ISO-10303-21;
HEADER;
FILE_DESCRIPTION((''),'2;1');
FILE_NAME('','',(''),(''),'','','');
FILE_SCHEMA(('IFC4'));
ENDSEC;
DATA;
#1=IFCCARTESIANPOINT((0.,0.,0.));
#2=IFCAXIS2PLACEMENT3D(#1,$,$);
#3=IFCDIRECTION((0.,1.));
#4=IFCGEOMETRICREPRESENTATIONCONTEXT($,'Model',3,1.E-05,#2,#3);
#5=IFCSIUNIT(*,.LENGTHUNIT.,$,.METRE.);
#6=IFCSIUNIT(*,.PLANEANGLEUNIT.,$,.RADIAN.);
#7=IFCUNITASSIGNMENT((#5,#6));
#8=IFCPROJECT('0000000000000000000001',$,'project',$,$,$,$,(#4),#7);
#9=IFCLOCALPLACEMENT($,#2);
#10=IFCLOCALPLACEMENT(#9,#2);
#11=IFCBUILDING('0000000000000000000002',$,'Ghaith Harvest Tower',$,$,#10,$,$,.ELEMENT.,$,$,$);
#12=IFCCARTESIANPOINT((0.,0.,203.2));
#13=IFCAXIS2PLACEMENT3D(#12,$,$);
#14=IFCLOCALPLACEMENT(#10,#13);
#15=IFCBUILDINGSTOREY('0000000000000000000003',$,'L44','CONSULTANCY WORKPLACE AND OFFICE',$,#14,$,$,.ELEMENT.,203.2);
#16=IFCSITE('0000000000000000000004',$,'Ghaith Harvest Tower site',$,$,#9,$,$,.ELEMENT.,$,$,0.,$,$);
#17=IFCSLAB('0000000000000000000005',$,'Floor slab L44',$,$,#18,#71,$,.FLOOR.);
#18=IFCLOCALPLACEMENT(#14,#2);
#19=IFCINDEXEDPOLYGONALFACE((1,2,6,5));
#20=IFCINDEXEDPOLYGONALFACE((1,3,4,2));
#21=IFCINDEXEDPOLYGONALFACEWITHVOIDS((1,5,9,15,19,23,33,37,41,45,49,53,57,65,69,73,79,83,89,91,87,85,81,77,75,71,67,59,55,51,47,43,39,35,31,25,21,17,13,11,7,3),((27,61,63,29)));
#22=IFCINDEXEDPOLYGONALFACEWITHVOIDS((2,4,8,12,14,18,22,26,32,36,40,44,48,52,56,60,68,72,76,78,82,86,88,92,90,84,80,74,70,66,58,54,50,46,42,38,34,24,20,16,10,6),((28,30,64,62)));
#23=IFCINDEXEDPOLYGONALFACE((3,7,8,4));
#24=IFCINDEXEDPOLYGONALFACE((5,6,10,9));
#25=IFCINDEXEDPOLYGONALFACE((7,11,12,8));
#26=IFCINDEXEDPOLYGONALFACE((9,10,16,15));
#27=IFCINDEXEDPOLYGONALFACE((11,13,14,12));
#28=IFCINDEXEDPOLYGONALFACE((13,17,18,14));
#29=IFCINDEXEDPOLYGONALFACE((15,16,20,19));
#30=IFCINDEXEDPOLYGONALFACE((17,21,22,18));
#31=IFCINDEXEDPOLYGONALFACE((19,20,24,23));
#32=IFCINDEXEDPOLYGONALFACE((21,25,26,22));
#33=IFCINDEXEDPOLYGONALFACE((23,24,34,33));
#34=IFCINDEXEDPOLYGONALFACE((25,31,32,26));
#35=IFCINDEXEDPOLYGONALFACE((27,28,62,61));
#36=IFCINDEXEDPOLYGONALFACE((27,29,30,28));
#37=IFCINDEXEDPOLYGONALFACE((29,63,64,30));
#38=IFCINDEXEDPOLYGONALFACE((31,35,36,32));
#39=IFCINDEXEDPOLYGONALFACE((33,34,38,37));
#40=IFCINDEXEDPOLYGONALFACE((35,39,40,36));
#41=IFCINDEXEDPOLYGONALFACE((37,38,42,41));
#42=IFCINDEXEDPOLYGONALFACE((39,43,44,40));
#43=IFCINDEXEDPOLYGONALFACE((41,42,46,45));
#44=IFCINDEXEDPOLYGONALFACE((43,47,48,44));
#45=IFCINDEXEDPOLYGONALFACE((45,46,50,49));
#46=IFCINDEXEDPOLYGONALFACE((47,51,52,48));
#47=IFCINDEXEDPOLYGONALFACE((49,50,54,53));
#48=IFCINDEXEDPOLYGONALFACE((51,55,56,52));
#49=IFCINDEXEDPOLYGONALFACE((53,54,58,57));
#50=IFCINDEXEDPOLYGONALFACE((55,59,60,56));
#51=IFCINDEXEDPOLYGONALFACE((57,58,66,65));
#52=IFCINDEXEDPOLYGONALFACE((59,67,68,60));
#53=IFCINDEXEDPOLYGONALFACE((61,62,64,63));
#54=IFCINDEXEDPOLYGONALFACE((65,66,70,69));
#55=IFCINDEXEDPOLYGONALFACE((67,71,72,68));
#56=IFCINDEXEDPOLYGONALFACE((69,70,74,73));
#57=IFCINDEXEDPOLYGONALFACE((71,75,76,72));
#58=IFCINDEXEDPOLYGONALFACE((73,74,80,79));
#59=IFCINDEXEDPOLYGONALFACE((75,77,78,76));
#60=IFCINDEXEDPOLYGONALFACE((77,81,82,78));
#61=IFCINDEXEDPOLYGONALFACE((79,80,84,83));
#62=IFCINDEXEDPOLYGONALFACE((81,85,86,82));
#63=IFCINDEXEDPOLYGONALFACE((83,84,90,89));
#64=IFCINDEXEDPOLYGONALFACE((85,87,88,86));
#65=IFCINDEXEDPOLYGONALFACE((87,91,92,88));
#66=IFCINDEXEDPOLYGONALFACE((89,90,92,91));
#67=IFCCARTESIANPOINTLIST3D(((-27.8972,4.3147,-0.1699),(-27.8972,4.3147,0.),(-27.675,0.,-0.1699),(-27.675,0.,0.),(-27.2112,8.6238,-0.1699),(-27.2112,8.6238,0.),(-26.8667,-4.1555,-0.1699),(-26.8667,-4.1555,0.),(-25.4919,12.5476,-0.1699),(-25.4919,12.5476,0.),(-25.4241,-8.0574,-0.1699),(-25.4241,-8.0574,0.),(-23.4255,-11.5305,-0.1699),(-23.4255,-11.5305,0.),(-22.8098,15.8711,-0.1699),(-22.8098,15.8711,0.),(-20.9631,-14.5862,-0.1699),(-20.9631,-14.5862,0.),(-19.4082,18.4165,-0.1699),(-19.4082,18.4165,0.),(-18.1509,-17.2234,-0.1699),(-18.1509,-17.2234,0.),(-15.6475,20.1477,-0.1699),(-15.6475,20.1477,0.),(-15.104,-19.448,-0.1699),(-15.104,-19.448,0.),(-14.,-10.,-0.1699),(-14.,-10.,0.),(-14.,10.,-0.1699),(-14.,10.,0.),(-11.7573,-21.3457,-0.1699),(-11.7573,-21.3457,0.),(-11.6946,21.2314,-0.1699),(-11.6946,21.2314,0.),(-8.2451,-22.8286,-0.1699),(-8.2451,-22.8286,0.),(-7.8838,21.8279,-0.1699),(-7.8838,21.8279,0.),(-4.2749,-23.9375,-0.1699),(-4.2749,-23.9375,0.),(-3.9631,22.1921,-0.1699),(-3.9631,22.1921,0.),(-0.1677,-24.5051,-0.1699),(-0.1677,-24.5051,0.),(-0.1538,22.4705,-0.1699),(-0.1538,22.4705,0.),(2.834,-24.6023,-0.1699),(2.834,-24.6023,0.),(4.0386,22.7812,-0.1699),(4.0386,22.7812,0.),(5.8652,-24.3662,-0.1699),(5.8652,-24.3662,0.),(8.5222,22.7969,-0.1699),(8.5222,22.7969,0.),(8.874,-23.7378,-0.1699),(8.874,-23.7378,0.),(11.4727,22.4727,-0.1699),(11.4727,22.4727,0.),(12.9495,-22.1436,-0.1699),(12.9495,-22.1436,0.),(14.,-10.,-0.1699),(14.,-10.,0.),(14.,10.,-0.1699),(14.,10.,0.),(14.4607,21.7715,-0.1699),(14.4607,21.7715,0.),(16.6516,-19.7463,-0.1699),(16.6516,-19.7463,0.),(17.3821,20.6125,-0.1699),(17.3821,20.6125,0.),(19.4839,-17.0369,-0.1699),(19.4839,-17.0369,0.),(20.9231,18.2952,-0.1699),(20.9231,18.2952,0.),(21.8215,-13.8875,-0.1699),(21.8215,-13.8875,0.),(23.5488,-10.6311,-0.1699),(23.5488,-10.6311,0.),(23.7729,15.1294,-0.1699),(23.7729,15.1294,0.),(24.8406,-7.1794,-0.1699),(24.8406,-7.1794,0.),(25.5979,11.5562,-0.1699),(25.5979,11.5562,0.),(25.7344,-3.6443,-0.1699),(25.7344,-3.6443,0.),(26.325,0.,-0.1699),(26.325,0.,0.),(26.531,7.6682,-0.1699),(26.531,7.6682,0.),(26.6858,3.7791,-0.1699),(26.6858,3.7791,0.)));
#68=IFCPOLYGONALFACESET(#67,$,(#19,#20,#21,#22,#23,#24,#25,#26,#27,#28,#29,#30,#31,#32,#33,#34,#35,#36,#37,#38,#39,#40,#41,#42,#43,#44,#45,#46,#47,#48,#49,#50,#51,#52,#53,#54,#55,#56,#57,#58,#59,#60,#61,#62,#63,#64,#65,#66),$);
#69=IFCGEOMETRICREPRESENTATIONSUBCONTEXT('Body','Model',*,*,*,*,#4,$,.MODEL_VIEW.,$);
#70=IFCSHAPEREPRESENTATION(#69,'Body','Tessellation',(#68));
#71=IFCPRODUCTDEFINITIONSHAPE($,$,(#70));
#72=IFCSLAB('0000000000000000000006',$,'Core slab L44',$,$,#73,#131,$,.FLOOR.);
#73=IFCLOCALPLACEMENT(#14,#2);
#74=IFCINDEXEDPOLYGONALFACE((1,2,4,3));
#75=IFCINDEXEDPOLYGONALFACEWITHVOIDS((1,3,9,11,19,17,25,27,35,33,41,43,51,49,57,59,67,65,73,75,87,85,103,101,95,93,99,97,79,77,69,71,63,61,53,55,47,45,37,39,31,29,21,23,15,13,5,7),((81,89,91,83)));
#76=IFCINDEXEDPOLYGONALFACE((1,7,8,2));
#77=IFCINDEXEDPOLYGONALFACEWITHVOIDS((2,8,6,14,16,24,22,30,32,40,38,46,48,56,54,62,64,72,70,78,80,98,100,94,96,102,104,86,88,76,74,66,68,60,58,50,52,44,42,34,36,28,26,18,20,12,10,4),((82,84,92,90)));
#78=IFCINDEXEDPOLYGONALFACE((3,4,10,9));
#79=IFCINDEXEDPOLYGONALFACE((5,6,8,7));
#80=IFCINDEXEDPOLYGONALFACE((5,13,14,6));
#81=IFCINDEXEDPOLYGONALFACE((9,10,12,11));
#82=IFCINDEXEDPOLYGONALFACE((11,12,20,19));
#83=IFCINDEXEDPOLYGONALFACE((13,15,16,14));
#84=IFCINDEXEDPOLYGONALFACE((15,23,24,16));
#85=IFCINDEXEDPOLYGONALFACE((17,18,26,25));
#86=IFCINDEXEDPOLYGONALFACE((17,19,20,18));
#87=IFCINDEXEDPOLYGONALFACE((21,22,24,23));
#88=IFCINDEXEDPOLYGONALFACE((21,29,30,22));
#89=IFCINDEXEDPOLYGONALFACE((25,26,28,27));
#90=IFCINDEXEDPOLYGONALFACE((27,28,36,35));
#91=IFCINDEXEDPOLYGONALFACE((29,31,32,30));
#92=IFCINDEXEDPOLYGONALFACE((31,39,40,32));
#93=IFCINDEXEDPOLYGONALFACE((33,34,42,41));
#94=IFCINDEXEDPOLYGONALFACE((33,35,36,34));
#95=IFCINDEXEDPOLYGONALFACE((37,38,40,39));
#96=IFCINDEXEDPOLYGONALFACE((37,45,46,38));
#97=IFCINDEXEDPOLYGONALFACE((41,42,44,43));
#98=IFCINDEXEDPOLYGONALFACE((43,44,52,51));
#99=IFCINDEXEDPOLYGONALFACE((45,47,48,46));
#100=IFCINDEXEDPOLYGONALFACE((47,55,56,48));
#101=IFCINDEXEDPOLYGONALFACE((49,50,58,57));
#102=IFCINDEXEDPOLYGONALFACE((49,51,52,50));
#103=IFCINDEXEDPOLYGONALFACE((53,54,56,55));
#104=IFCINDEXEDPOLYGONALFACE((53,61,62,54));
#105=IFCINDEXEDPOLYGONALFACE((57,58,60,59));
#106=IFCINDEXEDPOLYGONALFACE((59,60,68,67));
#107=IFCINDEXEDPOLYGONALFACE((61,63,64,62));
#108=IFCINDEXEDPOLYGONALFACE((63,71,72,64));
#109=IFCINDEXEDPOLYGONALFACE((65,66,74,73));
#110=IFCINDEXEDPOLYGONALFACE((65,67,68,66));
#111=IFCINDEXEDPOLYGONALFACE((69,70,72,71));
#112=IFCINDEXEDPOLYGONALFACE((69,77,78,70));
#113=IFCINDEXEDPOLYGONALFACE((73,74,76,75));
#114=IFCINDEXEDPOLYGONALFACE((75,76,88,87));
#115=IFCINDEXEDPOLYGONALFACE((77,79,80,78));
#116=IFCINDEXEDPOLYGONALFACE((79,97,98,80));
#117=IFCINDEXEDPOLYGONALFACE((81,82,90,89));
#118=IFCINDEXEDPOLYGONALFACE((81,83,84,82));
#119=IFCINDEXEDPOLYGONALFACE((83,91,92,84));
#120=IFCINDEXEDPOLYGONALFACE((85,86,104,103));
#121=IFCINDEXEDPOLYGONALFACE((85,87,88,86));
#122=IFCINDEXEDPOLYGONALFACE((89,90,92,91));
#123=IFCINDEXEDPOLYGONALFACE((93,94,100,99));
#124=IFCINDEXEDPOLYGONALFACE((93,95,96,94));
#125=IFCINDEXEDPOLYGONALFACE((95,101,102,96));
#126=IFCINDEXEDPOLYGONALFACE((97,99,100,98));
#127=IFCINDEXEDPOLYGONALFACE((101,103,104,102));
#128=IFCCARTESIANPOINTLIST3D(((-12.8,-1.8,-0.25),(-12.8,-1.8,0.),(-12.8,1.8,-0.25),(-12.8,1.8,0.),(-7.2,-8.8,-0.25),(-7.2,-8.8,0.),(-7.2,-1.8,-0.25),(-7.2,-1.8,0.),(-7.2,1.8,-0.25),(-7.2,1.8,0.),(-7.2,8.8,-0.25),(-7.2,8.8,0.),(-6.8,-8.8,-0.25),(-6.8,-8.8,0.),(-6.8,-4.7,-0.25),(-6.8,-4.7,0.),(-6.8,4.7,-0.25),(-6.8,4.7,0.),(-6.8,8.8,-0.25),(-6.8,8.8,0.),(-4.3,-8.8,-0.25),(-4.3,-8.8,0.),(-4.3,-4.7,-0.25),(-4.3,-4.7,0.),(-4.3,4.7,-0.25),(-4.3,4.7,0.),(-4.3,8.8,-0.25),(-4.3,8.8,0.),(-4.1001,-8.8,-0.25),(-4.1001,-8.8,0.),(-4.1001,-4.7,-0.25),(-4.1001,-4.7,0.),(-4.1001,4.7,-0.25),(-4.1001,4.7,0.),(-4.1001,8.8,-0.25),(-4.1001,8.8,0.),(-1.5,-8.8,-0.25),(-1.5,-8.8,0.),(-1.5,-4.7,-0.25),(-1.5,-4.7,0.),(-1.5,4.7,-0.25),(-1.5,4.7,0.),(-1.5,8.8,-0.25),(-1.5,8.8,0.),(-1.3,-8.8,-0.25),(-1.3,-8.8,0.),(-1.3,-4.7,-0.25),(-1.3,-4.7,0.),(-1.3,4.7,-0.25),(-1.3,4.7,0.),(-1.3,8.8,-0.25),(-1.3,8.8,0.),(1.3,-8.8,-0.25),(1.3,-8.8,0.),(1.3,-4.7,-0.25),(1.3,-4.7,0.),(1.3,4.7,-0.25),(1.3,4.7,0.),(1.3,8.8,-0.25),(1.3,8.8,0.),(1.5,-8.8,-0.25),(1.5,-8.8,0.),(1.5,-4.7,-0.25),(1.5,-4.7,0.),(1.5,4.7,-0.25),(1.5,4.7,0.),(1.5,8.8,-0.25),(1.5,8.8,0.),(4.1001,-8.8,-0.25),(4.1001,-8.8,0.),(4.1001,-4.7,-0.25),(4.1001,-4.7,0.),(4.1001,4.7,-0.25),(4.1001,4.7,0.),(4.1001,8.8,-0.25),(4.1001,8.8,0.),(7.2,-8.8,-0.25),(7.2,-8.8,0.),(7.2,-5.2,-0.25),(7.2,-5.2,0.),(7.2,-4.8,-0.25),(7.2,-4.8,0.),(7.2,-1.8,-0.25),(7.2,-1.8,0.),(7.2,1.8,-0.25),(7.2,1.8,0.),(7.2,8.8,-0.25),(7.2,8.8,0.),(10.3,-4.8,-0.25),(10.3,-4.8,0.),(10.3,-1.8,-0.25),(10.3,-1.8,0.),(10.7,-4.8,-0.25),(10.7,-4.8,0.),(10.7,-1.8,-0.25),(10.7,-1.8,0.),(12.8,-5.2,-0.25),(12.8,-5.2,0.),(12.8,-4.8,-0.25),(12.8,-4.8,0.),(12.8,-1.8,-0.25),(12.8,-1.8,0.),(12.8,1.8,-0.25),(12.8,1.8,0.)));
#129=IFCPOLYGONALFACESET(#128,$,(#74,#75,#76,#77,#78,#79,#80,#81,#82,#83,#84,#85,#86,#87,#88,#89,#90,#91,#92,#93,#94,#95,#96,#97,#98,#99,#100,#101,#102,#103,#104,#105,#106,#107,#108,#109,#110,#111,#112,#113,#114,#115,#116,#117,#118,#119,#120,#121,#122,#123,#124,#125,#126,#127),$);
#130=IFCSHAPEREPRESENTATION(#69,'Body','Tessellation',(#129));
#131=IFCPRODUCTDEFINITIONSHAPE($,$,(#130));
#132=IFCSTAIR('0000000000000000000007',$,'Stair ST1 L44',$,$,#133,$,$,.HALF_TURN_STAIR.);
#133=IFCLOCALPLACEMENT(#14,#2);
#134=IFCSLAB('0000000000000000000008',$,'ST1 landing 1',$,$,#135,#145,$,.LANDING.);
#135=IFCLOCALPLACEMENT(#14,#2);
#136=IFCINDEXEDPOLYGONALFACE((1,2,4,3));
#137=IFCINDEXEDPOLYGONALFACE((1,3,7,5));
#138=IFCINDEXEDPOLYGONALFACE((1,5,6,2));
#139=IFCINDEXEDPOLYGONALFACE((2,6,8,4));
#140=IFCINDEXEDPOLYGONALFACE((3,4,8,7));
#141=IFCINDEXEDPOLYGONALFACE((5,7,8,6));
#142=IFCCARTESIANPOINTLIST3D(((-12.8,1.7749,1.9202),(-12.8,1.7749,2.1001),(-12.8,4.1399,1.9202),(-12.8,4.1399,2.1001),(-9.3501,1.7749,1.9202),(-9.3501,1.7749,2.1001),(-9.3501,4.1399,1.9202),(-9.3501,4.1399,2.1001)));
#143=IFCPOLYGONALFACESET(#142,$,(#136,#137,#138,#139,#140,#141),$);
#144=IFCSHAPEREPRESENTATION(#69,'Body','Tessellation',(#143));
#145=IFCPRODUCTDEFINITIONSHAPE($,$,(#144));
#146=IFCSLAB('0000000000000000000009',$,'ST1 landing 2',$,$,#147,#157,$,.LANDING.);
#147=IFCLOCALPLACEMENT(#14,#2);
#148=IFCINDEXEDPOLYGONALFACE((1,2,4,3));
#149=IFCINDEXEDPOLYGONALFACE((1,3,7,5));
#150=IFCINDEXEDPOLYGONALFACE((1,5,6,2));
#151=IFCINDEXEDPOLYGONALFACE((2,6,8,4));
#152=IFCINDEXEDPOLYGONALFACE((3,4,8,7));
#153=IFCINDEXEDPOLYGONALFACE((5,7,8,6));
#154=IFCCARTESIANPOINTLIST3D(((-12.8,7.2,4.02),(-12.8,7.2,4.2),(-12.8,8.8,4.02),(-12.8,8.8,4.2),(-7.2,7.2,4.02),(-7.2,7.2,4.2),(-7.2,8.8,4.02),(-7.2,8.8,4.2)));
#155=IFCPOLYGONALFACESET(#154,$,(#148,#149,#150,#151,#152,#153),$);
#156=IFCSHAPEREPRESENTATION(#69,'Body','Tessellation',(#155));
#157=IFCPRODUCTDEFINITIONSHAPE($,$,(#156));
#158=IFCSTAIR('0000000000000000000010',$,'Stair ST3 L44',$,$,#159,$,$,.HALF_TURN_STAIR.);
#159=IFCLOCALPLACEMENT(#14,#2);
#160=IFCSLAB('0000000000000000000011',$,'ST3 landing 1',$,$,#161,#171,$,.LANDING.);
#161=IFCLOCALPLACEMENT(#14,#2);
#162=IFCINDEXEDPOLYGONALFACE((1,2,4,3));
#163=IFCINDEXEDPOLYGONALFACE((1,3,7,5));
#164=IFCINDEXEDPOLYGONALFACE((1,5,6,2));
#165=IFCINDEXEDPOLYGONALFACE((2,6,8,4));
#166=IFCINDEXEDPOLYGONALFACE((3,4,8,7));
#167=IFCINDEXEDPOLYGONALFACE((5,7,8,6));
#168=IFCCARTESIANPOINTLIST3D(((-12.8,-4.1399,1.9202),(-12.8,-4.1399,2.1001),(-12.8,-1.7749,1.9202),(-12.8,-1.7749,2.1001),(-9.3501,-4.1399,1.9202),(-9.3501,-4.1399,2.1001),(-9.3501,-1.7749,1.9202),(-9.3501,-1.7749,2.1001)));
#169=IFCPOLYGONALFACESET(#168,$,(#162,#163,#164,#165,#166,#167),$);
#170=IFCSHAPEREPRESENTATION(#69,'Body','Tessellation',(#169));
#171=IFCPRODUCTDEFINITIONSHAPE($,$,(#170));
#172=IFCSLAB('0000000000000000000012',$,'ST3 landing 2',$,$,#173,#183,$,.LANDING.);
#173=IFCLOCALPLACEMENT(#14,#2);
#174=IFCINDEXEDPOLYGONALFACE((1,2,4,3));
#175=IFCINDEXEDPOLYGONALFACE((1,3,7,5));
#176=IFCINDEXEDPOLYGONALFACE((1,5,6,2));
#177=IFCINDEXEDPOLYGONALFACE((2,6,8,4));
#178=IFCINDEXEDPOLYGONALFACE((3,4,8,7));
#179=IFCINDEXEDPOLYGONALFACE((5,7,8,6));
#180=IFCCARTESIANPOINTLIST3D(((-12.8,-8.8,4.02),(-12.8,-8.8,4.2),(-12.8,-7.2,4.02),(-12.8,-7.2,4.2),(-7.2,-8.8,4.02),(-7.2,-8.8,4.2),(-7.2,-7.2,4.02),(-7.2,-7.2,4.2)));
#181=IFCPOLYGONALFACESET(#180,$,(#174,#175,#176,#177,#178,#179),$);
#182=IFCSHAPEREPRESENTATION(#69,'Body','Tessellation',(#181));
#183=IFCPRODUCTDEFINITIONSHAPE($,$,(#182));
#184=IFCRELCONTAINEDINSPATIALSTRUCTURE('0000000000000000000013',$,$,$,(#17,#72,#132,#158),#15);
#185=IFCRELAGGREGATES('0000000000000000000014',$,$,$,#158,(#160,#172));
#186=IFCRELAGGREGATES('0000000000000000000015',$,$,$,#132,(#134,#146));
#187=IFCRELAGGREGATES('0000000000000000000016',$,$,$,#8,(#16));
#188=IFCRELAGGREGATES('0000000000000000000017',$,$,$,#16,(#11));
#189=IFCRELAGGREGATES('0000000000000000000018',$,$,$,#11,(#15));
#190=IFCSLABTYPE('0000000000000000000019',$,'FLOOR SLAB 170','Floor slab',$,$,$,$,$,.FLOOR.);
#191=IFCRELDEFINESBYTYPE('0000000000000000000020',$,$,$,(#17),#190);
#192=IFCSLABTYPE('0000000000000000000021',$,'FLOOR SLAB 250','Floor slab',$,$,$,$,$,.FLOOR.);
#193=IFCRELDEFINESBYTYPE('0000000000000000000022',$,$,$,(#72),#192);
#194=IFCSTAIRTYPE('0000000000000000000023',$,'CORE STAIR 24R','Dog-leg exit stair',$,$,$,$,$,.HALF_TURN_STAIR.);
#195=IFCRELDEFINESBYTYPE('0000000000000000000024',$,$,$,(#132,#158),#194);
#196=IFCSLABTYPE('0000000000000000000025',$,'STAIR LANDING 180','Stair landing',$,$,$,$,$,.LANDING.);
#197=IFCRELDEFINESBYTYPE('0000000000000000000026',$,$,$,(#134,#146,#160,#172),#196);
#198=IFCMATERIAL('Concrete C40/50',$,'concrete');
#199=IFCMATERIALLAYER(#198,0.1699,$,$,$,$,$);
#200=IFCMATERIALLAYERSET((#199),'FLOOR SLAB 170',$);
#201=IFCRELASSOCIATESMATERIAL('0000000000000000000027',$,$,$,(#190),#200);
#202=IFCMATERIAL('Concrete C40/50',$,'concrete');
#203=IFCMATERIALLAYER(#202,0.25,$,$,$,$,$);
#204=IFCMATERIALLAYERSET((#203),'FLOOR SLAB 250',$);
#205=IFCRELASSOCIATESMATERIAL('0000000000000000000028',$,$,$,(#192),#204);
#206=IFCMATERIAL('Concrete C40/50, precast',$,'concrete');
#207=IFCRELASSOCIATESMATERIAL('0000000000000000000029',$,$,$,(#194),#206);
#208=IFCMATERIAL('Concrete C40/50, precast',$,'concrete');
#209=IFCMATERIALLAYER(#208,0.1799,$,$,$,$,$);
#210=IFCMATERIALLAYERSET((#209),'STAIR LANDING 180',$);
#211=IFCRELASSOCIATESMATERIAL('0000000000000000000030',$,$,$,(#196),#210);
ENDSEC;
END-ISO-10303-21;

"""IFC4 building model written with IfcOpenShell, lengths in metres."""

from ifc_helpers import new_model, si_unit, direction, frame, origin, place, context, subcontext, project, spatial, polyline, outline, extrude, material, layer, layer_set, type_object, element, aggregate, save


model = new_model("IFC4")

# Units and contexts
model_context = context("Model", 3, precision=1e-05, world=origin(), true_north=direction((0.0, 1.0)))
body_context = subcontext(model_context, "Body", "Model", "MODEL_VIEW")
ifc_project = project(units=[si_unit("LENGTHUNIT", "METRE"), si_unit("PLANEANGLEUNIT", "RADIAN")], contexts=[model_context])

# Site, building, storey
site_placement = place(None, origin())
site = spatial("IfcSite", under=ifc_project, at=site_placement, Name="Ghaith Harvest Tower site", CompositionType="ELEMENT", RefElevation=0.0)
building_placement = place(site_placement, origin())
building = spatial("IfcBuilding", under=site, at=building_placement, Name="Ghaith Harvest Tower", CompositionType="ELEMENT")
storey_placement = place(building_placement, frame((0.0, 0.0, 203.2)))
storey = spatial("IfcBuildingStorey", under=building, at=storey_placement, Name="L44", Description="CONSULTANCY WORKPLACE AND OFFICE", CompositionType="ELEMENT", Elevation=203.2)

# Slabs
ifc_material_1 = material(Name="Concrete C40/50", Category="concrete")
ifc_layer_1 = layer(ifc_material_1, 0.1699)
ifc_layer_set_1 = layer_set([ifc_layer_1], Name="FLOOR SLAB 170")
slab_type_1 = type_object("IfcSlabType", Name="FLOOR SLAB 170", Description="Floor slab", PredefinedType="FLOOR", material=ifc_layer_set_1)
slab_1_placement = place(storey_placement, frame((0.0, 0.0, -0.1699)))
element("IfcSlab", 1, at=slab_1_placement, inside=storey, type_object=slab_type_1, Name="Floor slab L44", PredefinedType="FLOOR", context=body_context, shape_type="SweptSolid", body=[
    extrude(outline(polyline([(26.325, 0.0), (26.6858, 3.7791), (26.531, 7.6682), (25.5979, 11.5562), (23.7729, 15.1294), (20.9231, 18.2952), (17.3821, 20.6125), (14.4607, 21.7715), (11.4727, 22.4727), (8.5222, 22.7969), (4.0386, 22.7812), (-0.1538, 22.4705), (-3.9631, 22.1921), (-7.8838, 21.8279), (-11.6946, 21.2314), (-15.6475, 20.1477), (-19.4082, 18.4165), (-22.8098, 15.8711), (-25.4919, 12.5476), (-27.2112, 8.6238), (-27.8972, 4.3147), (-27.675, 0.0), (-26.8667, -4.1555), (-25.4241, -8.0574), (-23.4255, -11.5305), (-20.9631, -14.5862), (-18.1509, -17.2234), (-15.104, -19.448), (-11.7573, -21.3457), (-8.2451, -22.8286), (-4.2749, -23.9375), (-0.1677, -24.5051), (2.834, -24.6023), (5.8652, -24.3662), (8.874, -23.7378), (12.9495, -22.1436), (16.6516, -19.7463), (19.4839, -17.0369), (21.8215, -13.8875), (23.5488, -10.6311), (24.8406, -7.1794), (25.7344, -3.6443), (26.325, 0.0)]), holes=[polyline([(-14.0, -10.0), (14.0, -10.0), (14.0, 10.0), (-14.0, 10.0), (-14.0, -10.0)])]), origin(), (0.0, 0.0, 1.0), 0.1699),
])
ifc_material_2 = material(Name="Concrete C40/50", Category="concrete")
ifc_layer_2 = layer(ifc_material_2, 0.25)
ifc_layer_set_2 = layer_set([ifc_layer_2], Name="FLOOR SLAB 250")
slab_type_2 = type_object("IfcSlabType", Name="FLOOR SLAB 250", Description="Floor slab", PredefinedType="FLOOR", material=ifc_layer_set_2)
slab_2_placement = place(storey_placement, frame((0.0, 0.0, -0.25)))
element("IfcSlab", 2, at=slab_2_placement, inside=storey, type_object=slab_type_2, Name="Core slab L44", PredefinedType="FLOOR", context=body_context, shape_type="SweptSolid", body=[
    extrude(outline(polyline([(-12.8, 1.8), (-7.2, 1.8), (-7.2, 8.8), (-6.8, 8.8), (-6.8, 4.7), (-4.3, 4.7), (-4.3, 8.8), (-4.1001, 8.8), (-4.1001, 4.7), (-1.5, 4.7), (-1.5, 8.8), (-1.3, 8.8), (-1.3, 4.7), (1.3, 4.7), (1.3, 8.8), (1.5, 8.8), (1.5, 4.7), (4.1001, 4.7), (4.1001, 8.8), (7.2, 8.8), (7.2, 1.8), (12.8, 1.8), (12.8, -1.8), (10.7, -1.8), (10.7, -4.8), (12.8, -4.8), (12.8, -5.2), (7.2, -5.2), (7.2, -8.8), (4.1001, -8.8), (4.1001, -4.7), (1.5, -4.7), (1.5, -8.8), (1.3, -8.8), (1.3, -4.7), (-1.3, -4.7), (-1.3, -8.8), (-1.5, -8.8), (-1.5, -4.7), (-4.1001, -4.7), (-4.1001, -8.8), (-4.3, -8.8), (-4.3, -4.7), (-6.8, -4.7), (-6.8, -8.8), (-7.2, -8.8), (-7.2, -1.8), (-12.8, -1.8), (-12.8, 1.8)]), holes=[polyline([(10.3, -4.8), (10.3, -1.8), (7.2, -1.8), (7.2, -4.8), (10.3, -4.8)])]), origin(), (0.0, 0.0, 1.0), 0.25),
])

# Stairs, slabs
ifc_material_3 = material(Name="Concrete C40/50, precast", Category="concrete")
stair_type = type_object("IfcStairType", Name="CORE STAIR 24R", Description="Dog-leg exit stair", PredefinedType="HALF_TURN_STAIR", material=ifc_material_3)
stair_1_placement = place(storey_placement, origin())
stair_1 = element("IfcStair", 3, at=stair_1_placement, inside=storey, type_object=stair_type, Name="Stair ST1 L44", PredefinedType="HALF_TURN_STAIR")
ifc_material_4 = material(Name="Concrete C40/50, precast", Category="concrete")
ifc_layer_3 = layer(ifc_material_4, 0.1799)
ifc_layer_set_3 = layer_set([ifc_layer_3], Name="STAIR LANDING 180")
slab_type_3 = type_object("IfcSlabType", Name="STAIR LANDING 180", Description="Stair landing", PredefinedType="LANDING", material=ifc_layer_set_3)
slab_3_placement = place(storey_placement, frame((0.0, 0.0, 1.9202)))
slab_3 = element("IfcSlab", 4, at=slab_3_placement, type_object=slab_type_3, Name="ST1 landing 1", PredefinedType="LANDING", context=body_context, shape_type="SweptSolid", body=[
    extrude(outline(polyline([(-12.8, 4.1399), (-12.8, 1.7749), (-9.3501, 1.7749), (-9.3501, 4.1399), (-12.8, 4.1399)])), origin(), (0.0, 0.0, 1.0), 0.1799),
])
slab_4_placement = place(storey_placement, frame((0.0, 0.0, 4.02)))
slab_4 = element("IfcSlab", 5, at=slab_4_placement, type_object=slab_type_3, Name="ST1 landing 2", PredefinedType="LANDING", context=body_context, shape_type="SweptSolid", body=[
    extrude(outline(polyline([(-12.8, 8.8), (-12.8, 7.2), (-7.2, 7.2), (-7.2, 8.8), (-12.8, 8.8)])), origin(), (0.0, 0.0, 1.0), 0.1799),
])
stair_2_placement = place(storey_placement, origin())
stair_2 = element("IfcStair", 6, at=stair_2_placement, inside=storey, type_object=stair_type, Name="Stair ST3 L44", PredefinedType="HALF_TURN_STAIR")
slab_5_placement = place(storey_placement, frame((0.0, 0.0, 1.9202)))
slab_5 = element("IfcSlab", 7, at=slab_5_placement, type_object=slab_type_3, Name="ST3 landing 1", PredefinedType="LANDING", context=body_context, shape_type="SweptSolid", body=[
    extrude(outline(polyline([(-12.8, -4.1399), (-12.8, -1.7749), (-9.3501, -1.7749), (-9.3501, -4.1399), (-12.8, -4.1399)])), origin(), (0.0, 0.0, 1.0), 0.1799),
])
slab_6_placement = place(storey_placement, frame((0.0, 0.0, 4.02)))
slab_6 = element("IfcSlab", 8, at=slab_6_placement, type_object=slab_type_3, Name="ST3 landing 2", PredefinedType="LANDING", context=body_context, shape_type="SweptSolid", body=[
    extrude(outline(polyline([(-12.8, -8.8), (-12.8, -7.2), (-7.2, -7.2), (-7.2, -8.8), (-12.8, -8.8)])), origin(), (0.0, 0.0, 1.0), 0.1799),
])
aggregate(stair_2, [slab_5, slab_6])

aggregate(stair_1, [slab_3, slab_4])

save(model, "model.ifc")
